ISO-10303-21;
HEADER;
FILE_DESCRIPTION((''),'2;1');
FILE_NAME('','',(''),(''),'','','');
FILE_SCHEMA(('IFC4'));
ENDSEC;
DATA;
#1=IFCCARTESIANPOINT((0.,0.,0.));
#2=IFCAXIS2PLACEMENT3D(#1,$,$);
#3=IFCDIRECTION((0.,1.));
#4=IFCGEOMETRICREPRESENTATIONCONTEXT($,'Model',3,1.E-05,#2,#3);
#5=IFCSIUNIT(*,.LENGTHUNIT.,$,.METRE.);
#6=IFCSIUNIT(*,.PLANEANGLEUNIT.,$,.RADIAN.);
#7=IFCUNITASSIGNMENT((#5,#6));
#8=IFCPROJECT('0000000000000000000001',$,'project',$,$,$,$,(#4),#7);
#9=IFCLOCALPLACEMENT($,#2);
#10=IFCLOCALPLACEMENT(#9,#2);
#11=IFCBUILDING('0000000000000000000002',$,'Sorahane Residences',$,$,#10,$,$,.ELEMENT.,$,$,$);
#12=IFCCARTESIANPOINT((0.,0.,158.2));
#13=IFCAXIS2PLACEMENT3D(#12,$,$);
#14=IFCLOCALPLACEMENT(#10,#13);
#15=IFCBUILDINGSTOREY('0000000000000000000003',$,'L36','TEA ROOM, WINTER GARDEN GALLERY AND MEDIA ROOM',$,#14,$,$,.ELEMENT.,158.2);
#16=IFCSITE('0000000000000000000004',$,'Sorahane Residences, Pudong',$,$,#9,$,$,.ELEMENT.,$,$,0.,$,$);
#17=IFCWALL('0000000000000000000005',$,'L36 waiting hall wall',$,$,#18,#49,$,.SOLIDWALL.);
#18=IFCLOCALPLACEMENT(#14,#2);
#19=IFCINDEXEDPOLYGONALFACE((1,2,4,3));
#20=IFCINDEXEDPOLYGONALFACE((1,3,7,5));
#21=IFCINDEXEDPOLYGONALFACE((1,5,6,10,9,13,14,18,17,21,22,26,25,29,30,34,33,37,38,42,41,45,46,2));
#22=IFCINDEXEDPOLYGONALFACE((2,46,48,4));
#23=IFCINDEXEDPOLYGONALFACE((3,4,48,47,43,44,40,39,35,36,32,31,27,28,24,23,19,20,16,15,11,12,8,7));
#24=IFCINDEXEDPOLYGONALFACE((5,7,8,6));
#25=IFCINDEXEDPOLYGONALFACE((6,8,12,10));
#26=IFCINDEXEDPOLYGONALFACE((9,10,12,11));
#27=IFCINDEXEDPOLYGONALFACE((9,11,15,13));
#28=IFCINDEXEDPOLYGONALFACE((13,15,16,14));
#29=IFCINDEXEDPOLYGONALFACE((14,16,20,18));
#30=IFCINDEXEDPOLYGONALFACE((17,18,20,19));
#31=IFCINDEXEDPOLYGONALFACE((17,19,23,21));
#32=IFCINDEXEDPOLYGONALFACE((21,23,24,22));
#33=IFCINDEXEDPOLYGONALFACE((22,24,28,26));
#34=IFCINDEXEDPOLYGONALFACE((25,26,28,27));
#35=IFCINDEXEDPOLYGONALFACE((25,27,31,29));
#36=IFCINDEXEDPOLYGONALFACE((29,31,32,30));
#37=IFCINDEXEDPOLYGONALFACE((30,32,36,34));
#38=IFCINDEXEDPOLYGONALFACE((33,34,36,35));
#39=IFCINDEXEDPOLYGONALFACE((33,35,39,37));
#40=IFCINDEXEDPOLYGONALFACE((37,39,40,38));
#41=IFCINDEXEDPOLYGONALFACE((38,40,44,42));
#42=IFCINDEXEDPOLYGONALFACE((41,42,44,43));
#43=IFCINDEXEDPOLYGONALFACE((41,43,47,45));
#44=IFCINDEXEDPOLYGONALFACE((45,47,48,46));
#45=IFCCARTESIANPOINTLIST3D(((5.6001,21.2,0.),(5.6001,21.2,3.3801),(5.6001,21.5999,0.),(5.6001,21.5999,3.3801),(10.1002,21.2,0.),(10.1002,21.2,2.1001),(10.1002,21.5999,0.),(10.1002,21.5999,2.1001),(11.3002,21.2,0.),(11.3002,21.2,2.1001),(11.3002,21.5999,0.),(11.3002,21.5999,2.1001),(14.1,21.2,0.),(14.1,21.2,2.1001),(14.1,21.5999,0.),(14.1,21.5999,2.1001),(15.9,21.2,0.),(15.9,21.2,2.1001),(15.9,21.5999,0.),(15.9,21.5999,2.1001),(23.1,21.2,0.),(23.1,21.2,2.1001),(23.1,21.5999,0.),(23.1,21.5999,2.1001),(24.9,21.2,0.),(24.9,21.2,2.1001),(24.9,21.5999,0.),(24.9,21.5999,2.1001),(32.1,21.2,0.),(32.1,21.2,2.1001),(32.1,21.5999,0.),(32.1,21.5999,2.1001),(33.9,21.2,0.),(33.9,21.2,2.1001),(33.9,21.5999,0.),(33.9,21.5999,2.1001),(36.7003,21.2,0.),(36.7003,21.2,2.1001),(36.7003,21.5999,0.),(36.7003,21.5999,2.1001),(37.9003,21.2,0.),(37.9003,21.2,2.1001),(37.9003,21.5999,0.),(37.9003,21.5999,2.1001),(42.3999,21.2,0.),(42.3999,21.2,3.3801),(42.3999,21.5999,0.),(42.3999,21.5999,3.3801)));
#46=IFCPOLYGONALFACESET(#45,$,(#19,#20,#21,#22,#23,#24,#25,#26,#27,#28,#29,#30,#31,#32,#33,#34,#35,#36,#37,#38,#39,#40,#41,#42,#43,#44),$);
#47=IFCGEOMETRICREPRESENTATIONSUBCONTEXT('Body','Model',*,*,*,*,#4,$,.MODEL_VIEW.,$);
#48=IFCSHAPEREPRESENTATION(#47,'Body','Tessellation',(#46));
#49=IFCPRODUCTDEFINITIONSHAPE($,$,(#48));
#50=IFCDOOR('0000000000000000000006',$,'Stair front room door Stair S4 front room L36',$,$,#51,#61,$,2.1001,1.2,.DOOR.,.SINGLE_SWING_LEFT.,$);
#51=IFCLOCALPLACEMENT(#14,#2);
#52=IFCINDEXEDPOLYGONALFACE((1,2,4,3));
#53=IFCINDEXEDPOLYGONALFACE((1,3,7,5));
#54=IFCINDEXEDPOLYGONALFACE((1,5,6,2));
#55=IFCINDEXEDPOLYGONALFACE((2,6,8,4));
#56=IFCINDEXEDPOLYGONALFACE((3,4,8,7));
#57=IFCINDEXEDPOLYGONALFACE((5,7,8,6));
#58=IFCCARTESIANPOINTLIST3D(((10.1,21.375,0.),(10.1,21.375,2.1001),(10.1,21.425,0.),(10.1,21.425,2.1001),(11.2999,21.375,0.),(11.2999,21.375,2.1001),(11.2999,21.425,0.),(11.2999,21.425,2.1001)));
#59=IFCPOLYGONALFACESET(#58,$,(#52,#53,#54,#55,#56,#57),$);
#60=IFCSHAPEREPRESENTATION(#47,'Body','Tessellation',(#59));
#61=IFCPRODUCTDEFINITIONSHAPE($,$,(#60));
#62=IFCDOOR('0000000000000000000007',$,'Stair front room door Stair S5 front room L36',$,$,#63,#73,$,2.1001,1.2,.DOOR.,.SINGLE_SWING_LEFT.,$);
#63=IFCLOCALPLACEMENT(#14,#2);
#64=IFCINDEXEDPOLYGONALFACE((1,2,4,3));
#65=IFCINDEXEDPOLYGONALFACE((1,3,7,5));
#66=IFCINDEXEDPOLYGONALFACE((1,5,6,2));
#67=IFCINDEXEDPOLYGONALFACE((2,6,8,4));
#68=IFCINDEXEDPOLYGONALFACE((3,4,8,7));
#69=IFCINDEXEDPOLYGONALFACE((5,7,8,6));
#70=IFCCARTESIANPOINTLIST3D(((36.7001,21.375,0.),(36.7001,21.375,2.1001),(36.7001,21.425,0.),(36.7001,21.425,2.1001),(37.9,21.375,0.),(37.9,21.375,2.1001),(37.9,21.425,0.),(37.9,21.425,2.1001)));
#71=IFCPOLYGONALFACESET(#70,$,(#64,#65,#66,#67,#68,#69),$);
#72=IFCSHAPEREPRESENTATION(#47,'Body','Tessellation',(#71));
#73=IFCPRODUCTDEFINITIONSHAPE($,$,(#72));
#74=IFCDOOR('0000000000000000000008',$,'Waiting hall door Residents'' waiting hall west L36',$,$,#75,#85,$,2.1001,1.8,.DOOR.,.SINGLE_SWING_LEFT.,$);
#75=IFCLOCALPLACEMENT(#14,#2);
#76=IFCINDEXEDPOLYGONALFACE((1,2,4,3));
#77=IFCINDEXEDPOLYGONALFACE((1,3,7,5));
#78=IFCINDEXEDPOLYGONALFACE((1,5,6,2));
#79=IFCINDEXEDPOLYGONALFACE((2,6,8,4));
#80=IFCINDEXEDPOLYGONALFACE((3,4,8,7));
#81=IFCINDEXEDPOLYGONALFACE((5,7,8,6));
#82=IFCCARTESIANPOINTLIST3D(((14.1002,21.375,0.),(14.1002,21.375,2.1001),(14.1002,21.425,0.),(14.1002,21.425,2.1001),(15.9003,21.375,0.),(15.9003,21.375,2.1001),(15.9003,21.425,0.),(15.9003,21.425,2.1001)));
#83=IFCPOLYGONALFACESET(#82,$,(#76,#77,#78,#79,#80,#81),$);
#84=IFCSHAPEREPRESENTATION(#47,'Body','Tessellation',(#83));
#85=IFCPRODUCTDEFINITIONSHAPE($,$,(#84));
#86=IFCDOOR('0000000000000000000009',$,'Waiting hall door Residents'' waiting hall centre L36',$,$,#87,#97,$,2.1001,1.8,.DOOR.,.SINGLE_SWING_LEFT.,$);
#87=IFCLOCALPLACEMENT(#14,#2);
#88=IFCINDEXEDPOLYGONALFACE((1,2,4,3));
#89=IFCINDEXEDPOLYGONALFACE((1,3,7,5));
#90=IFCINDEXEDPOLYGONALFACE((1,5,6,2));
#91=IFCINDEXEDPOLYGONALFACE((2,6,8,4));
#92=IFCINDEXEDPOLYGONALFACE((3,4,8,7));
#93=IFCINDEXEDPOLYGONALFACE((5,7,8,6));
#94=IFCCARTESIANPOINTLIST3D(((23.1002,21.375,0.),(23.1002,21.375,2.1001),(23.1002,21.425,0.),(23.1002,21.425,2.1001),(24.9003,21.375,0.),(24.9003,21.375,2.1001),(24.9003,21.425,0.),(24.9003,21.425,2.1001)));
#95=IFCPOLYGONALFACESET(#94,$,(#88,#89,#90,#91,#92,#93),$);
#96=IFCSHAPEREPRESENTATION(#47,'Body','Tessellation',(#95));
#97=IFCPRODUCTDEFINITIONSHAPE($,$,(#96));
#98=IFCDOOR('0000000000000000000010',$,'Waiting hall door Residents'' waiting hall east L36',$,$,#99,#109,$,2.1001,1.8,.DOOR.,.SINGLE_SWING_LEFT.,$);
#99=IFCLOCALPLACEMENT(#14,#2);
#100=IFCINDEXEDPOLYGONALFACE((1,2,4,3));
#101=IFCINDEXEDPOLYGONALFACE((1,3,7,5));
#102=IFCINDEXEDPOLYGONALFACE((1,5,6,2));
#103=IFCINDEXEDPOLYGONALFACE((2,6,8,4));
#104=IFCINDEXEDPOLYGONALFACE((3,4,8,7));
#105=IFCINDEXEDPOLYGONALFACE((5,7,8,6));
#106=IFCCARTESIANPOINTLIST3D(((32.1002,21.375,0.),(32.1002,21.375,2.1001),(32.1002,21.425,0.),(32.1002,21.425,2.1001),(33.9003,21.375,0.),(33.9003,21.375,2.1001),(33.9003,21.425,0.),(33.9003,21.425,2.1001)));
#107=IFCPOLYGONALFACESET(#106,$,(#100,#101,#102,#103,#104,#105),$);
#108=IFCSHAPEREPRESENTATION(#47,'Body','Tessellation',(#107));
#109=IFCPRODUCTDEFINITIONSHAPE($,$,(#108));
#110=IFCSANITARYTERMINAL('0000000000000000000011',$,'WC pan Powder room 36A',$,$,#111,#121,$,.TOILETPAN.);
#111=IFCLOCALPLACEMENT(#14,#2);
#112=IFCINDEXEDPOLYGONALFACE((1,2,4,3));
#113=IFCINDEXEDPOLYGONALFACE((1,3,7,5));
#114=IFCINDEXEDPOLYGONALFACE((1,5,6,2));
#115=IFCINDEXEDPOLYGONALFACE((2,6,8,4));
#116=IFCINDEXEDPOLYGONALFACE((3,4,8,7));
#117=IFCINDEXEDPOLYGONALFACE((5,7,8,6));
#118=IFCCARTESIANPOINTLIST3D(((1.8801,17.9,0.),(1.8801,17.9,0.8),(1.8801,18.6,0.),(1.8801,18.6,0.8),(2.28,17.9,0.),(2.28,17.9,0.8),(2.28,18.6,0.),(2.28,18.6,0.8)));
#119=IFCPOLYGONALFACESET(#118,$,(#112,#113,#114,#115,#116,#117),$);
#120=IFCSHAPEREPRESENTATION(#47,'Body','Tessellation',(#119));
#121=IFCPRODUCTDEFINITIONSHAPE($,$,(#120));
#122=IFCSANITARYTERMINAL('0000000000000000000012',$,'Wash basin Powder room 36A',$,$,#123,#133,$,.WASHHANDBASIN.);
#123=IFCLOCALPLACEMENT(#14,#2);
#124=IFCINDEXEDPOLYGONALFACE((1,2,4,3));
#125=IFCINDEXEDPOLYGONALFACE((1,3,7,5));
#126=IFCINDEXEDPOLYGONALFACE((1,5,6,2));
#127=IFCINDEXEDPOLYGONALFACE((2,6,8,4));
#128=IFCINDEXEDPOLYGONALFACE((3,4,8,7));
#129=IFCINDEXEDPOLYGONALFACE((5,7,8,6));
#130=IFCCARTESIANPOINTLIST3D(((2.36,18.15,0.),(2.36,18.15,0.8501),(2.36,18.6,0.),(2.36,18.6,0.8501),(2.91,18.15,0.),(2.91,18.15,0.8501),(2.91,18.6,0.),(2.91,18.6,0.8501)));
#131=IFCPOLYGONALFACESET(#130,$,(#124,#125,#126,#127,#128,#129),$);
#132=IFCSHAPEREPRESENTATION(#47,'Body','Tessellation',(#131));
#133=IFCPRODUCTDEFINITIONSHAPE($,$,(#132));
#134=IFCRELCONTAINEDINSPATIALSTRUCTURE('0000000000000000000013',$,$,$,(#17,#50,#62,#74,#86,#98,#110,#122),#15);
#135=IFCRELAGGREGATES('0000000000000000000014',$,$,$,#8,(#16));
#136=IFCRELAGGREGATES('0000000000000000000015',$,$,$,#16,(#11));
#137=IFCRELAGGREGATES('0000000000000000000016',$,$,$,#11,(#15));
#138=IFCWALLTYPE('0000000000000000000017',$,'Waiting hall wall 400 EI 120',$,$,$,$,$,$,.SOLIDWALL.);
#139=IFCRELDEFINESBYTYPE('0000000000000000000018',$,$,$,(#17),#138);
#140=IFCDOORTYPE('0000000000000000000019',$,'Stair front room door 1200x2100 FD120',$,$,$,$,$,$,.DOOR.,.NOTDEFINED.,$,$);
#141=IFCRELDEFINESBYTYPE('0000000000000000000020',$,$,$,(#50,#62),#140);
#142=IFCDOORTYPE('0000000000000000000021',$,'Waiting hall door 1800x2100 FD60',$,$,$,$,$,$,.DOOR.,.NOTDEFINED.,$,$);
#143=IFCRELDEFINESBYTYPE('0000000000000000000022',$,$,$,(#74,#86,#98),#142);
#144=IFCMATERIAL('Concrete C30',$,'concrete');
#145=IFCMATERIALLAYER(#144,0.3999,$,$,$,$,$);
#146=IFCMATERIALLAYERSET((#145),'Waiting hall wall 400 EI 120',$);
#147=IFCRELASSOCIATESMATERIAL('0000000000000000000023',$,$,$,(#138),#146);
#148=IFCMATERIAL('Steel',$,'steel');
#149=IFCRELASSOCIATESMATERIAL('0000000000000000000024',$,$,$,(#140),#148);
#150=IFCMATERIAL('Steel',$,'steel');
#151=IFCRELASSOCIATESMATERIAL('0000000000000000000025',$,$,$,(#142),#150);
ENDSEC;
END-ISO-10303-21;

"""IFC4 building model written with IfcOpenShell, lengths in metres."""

from ifc_helpers import new_model, si_unit, direction, frame, frame_2d, origin, origin_2d, place, context, subcontext, project, spatial, rectangle, extrude, material, layer, layer_set, type_object, element, fill, save


model = new_model("IFC4")

# Units and contexts
model_context = context("Model", 3, precision=1e-05, world=origin(), true_north=direction((0.0, 1.0)))
body_context = subcontext(model_context, "Body", "Model", "MODEL_VIEW")
ifc_project = project(units=[si_unit("LENGTHUNIT", "METRE"), si_unit("PLANEANGLEUNIT", "RADIAN")], contexts=[model_context])

# Site, building, storey
site_placement = place(None, origin())
site = spatial("IfcSite", under=ifc_project, at=site_placement, Name="Sorahane Residences, Pudong", CompositionType="ELEMENT", RefElevation=0.0)
building_placement = place(site_placement, origin())
building = spatial("IfcBuilding", under=site, at=building_placement, Name="Sorahane Residences", CompositionType="ELEMENT")
storey_placement = place(building_placement, frame((0.0, 0.0, 158.2)))
storey = spatial("IfcBuildingStorey", under=building, at=storey_placement, Name="L36", Description="TEA ROOM, WINTER GARDEN GALLERY AND MEDIA ROOM", CompositionType="ELEMENT", Elevation=158.2)

# Wall, openings, doors
ifc_material_1 = material(Name="Concrete C30", Category="concrete")
ifc_layer_1 = layer(ifc_material_1, 0.3999)
ifc_layer_set_1 = layer_set([ifc_layer_1], Name="Waiting hall wall 400 EI 120")
wall_type_1 = type_object("IfcWallType", Name="Waiting hall wall 400 EI 120", PredefinedType="SOLIDWALL", material=ifc_layer_set_1)
wall_1_placement = place(storey_placement, frame((5.6001, 21.3999, 0.0), z_axis=(0.0, 0.0, 1.0), x_axis=(1.0, 0.0, 0.0)))
wall_1 = element("IfcWall", 1, at=wall_1_placement, inside=storey, type_object=wall_type_1, Name="L36 waiting hall wall", PredefinedType="SOLIDWALL", context=body_context, shape_type="SweptSolid", body=[
    extrude(rectangle(XDim=36.7998, YDim=0.3999, at=frame_2d((18.3999, 0.0))), origin(), (0.0, 0.0, 1.0), 3.3801),
])
opening_1_placement = place(wall_1_placement, frame((8.5, 0.0, 0.0)))
opening_1 = element("IfcOpeningElement", 2, at=opening_1_placement, cuts=wall_1, PredefinedType="OPENING", context=body_context, shape_type="SweptSolid", body=[
    extrude(rectangle(XDim=1.8, YDim=2.1001, at=frame_2d((0.8999, 1.05))), frame((0.0, 0.21, 0.0), z_axis=(0.0, -1.0, 0.0), x_axis=(1.0, 0.0, 0.0)), (0.0, 0.0, 1.0), 0.4199),
])
opening_2_placement = place(wall_1_placement, frame((17.5, 0.0, 0.0)))
opening_2 = element("IfcOpeningElement", 3, at=opening_2_placement, cuts=wall_1, PredefinedType="OPENING", context=body_context, shape_type="SweptSolid", body=[
    extrude(rectangle(XDim=1.8, YDim=2.1001, at=frame_2d((0.8999, 1.05))), frame((0.0, 0.21, 0.0), z_axis=(0.0, -1.0, 0.0), x_axis=(1.0, 0.0, 0.0)), (0.0, 0.0, 1.0), 0.4199),
])
opening_3_placement = place(wall_1_placement, frame((26.5, 0.0, 0.0)))
opening_3 = element("IfcOpeningElement", 4, at=opening_3_placement, cuts=wall_1, PredefinedType="OPENING", context=body_context, shape_type="SweptSolid", body=[
    extrude(rectangle(XDim=1.8, YDim=2.1001, at=frame_2d((0.8999, 1.05))), frame((0.0, 0.21, 0.0), z_axis=(0.0, -1.0, 0.0), x_axis=(1.0, 0.0, 0.0)), (0.0, 0.0, 1.0), 0.4199),
])
opening_4_placement = place(wall_1_placement, frame((4.5, 0.0, 0.0)))
opening_4 = element("IfcOpeningElement", 5, at=opening_4_placement, cuts=wall_1, PredefinedType="OPENING", context=body_context, shape_type="SweptSolid", body=[
    extrude(rectangle(XDim=1.2, YDim=2.1001, at=frame_2d((0.6001, 1.05))), frame((0.0, 0.21, 0.0), z_axis=(0.0, -1.0, 0.0), x_axis=(1.0, 0.0, 0.0)), (0.0, 0.0, 1.0), 0.4199),
])
opening_5_placement = place(wall_1_placement, frame((31.1001, 0.0, 0.0)))
opening_5 = element("IfcOpeningElement", 6, at=opening_5_placement, cuts=wall_1, PredefinedType="OPENING", context=body_context, shape_type="SweptSolid", body=[
    extrude(rectangle(XDim=1.2, YDim=2.1001, at=frame_2d((0.6001, 1.05))), frame((0.0, 0.21, 0.0), z_axis=(0.0, -1.0, 0.0), x_axis=(1.0, 0.0, 0.0)), (0.0, 0.0, 1.0), 0.4199),
])
ifc_material_2 = material(Name="Steel", Category="steel")
door_type_1 = type_object("IfcDoorType", Name="Stair front room door 1200x2100 FD120", OperationType="NOTDEFINED", PredefinedType="DOOR", material=ifc_material_2)
door_1_placement = place(opening_4_placement, frame((1.2, 0.0, 0.0), z_axis=(0.0, 0.0, 1.0), x_axis=(-1.0, 0.0, 0.0)))
door_1 = element("IfcDoor", 7, at=door_1_placement, inside=storey, type_object=door_type_1, Name="Stair front room door Stair S4 front room L36", OperationType="SINGLE_SWING_LEFT", OverallHeight=2.1001, OverallWidth=1.2, PredefinedType="DOOR", context=body_context, shape_type="SweptSolid", body=[
    extrude(rectangle(XDim=1.2, YDim=2.1001, at=frame_2d((0.6001, 1.05))), frame((0.0, 0.0249, 0.0), z_axis=(0.0, -1.0, 0.0), x_axis=(1.0, 0.0, 0.0)), (0.0, 0.0, 1.0), 0.05),
])
fill(opening_4, door_1)
door_2_placement = place(opening_5_placement, frame((1.2, 0.0, 0.0), z_axis=(0.0, 0.0, 1.0), x_axis=(-1.0, 0.0, 0.0)))
door_2 = element("IfcDoor", 8, at=door_2_placement, inside=storey, type_object=door_type_1, Name="Stair front room door Stair S5 front room L36", OperationType="SINGLE_SWING_LEFT", OverallHeight=2.1001, OverallWidth=1.2, PredefinedType="DOOR", context=body_context, shape_type="SweptSolid", body=[
    extrude(rectangle(XDim=1.2, YDim=2.1001, at=frame_2d((0.6001, 1.05))), frame((0.0, 0.0249, 0.0), z_axis=(0.0, -1.0, 0.0), x_axis=(1.0, 0.0, 0.0)), (0.0, 0.0, 1.0), 0.05),
])
fill(opening_5, door_2)
ifc_material_3 = material(Name="Steel", Category="steel")
door_type_2 = type_object("IfcDoorType", Name="Waiting hall door 1800x2100 FD60", OperationType="NOTDEFINED", PredefinedType="DOOR", material=ifc_material_3)
door_3_placement = place(opening_1_placement, frame((1.8, 0.0, 0.0), z_axis=(0.0, 0.0, 1.0), x_axis=(-1.0, 0.0, 0.0)))
door_3 = element("IfcDoor", 9, at=door_3_placement, inside=storey, type_object=door_type_2, Name="Waiting hall door Residents' waiting hall west L36", OperationType="SINGLE_SWING_LEFT", OverallHeight=2.1001, OverallWidth=1.8, PredefinedType="DOOR", context=body_context, shape_type="SweptSolid", body=[
    extrude(rectangle(XDim=1.8, YDim=2.1001, at=frame_2d((0.8999, 1.05))), frame((0.0, 0.0249, 0.0), z_axis=(0.0, -1.0, 0.0), x_axis=(1.0, 0.0, 0.0)), (0.0, 0.0, 1.0), 0.05),
])
fill(opening_1, door_3)
door_4_placement = place(opening_2_placement, frame((1.8, 0.0, 0.0), z_axis=(0.0, 0.0, 1.0), x_axis=(-1.0, 0.0, 0.0)))
door_4 = element("IfcDoor", 10, at=door_4_placement, inside=storey, type_object=door_type_2, Name="Waiting hall door Residents' waiting hall centre L36", OperationType="SINGLE_SWING_LEFT", OverallHeight=2.1001, OverallWidth=1.8, PredefinedType="DOOR", context=body_context, shape_type="SweptSolid", body=[
    extrude(rectangle(XDim=1.8, YDim=2.1001, at=frame_2d((0.8999, 1.05))), frame((0.0, 0.0249, 0.0), z_axis=(0.0, -1.0, 0.0), x_axis=(1.0, 0.0, 0.0)), (0.0, 0.0, 1.0), 0.05),
])
fill(opening_2, door_4)
door_5_placement = place(opening_3_placement, frame((1.8, 0.0, 0.0), z_axis=(0.0, 0.0, 1.0), x_axis=(-1.0, 0.0, 0.0)))
door_5 = element("IfcDoor", 11, at=door_5_placement, inside=storey, type_object=door_type_2, Name="Waiting hall door Residents' waiting hall east L36", OperationType="SINGLE_SWING_LEFT", OverallHeight=2.1001, OverallWidth=1.8, PredefinedType="DOOR", context=body_context, shape_type="SweptSolid", body=[
    extrude(rectangle(XDim=1.8, YDim=2.1001, at=frame_2d((0.8999, 1.05))), frame((0.0, 0.0249, 0.0), z_axis=(0.0, -1.0, 0.0), x_axis=(1.0, 0.0, 0.0)), (0.0, 0.0, 1.0), 0.05),
])
fill(opening_3, door_5)

# Sanitary terminals
sanitary_terminal_1_placement = place(storey_placement, frame((2.0801, 18.25, 0.0), z_axis=(0.0, 0.0, 1.0), x_axis=(1.0, 0.0, 0.0)))
element("IfcSanitaryTerminal", 12, at=sanitary_terminal_1_placement, inside=storey, Name="WC pan Powder room 36A", PredefinedType="TOILETPAN", context=body_context, shape_type="SweptSolid", body=[
    extrude(rectangle(XDim=0.3999, YDim=0.7, at=origin_2d()), origin(), (0.0, 0.0, 1.0), 0.8),
])
sanitary_terminal_2_placement = place(storey_placement, frame((2.635, 18.375, 0.0), z_axis=(0.0, 0.0, 1.0), x_axis=(1.0, 0.0, 0.0)))
element("IfcSanitaryTerminal", 13, at=sanitary_terminal_2_placement, inside=storey, Name="Wash basin Powder room 36A", PredefinedType="WASHHANDBASIN", context=body_context, shape_type="SweptSolid", body=[
    extrude(rectangle(XDim=0.55, YDim=0.45, at=origin_2d()), origin(), (0.0, 0.0, 1.0), 0.8501),
])

save(model, "model.ifc")
